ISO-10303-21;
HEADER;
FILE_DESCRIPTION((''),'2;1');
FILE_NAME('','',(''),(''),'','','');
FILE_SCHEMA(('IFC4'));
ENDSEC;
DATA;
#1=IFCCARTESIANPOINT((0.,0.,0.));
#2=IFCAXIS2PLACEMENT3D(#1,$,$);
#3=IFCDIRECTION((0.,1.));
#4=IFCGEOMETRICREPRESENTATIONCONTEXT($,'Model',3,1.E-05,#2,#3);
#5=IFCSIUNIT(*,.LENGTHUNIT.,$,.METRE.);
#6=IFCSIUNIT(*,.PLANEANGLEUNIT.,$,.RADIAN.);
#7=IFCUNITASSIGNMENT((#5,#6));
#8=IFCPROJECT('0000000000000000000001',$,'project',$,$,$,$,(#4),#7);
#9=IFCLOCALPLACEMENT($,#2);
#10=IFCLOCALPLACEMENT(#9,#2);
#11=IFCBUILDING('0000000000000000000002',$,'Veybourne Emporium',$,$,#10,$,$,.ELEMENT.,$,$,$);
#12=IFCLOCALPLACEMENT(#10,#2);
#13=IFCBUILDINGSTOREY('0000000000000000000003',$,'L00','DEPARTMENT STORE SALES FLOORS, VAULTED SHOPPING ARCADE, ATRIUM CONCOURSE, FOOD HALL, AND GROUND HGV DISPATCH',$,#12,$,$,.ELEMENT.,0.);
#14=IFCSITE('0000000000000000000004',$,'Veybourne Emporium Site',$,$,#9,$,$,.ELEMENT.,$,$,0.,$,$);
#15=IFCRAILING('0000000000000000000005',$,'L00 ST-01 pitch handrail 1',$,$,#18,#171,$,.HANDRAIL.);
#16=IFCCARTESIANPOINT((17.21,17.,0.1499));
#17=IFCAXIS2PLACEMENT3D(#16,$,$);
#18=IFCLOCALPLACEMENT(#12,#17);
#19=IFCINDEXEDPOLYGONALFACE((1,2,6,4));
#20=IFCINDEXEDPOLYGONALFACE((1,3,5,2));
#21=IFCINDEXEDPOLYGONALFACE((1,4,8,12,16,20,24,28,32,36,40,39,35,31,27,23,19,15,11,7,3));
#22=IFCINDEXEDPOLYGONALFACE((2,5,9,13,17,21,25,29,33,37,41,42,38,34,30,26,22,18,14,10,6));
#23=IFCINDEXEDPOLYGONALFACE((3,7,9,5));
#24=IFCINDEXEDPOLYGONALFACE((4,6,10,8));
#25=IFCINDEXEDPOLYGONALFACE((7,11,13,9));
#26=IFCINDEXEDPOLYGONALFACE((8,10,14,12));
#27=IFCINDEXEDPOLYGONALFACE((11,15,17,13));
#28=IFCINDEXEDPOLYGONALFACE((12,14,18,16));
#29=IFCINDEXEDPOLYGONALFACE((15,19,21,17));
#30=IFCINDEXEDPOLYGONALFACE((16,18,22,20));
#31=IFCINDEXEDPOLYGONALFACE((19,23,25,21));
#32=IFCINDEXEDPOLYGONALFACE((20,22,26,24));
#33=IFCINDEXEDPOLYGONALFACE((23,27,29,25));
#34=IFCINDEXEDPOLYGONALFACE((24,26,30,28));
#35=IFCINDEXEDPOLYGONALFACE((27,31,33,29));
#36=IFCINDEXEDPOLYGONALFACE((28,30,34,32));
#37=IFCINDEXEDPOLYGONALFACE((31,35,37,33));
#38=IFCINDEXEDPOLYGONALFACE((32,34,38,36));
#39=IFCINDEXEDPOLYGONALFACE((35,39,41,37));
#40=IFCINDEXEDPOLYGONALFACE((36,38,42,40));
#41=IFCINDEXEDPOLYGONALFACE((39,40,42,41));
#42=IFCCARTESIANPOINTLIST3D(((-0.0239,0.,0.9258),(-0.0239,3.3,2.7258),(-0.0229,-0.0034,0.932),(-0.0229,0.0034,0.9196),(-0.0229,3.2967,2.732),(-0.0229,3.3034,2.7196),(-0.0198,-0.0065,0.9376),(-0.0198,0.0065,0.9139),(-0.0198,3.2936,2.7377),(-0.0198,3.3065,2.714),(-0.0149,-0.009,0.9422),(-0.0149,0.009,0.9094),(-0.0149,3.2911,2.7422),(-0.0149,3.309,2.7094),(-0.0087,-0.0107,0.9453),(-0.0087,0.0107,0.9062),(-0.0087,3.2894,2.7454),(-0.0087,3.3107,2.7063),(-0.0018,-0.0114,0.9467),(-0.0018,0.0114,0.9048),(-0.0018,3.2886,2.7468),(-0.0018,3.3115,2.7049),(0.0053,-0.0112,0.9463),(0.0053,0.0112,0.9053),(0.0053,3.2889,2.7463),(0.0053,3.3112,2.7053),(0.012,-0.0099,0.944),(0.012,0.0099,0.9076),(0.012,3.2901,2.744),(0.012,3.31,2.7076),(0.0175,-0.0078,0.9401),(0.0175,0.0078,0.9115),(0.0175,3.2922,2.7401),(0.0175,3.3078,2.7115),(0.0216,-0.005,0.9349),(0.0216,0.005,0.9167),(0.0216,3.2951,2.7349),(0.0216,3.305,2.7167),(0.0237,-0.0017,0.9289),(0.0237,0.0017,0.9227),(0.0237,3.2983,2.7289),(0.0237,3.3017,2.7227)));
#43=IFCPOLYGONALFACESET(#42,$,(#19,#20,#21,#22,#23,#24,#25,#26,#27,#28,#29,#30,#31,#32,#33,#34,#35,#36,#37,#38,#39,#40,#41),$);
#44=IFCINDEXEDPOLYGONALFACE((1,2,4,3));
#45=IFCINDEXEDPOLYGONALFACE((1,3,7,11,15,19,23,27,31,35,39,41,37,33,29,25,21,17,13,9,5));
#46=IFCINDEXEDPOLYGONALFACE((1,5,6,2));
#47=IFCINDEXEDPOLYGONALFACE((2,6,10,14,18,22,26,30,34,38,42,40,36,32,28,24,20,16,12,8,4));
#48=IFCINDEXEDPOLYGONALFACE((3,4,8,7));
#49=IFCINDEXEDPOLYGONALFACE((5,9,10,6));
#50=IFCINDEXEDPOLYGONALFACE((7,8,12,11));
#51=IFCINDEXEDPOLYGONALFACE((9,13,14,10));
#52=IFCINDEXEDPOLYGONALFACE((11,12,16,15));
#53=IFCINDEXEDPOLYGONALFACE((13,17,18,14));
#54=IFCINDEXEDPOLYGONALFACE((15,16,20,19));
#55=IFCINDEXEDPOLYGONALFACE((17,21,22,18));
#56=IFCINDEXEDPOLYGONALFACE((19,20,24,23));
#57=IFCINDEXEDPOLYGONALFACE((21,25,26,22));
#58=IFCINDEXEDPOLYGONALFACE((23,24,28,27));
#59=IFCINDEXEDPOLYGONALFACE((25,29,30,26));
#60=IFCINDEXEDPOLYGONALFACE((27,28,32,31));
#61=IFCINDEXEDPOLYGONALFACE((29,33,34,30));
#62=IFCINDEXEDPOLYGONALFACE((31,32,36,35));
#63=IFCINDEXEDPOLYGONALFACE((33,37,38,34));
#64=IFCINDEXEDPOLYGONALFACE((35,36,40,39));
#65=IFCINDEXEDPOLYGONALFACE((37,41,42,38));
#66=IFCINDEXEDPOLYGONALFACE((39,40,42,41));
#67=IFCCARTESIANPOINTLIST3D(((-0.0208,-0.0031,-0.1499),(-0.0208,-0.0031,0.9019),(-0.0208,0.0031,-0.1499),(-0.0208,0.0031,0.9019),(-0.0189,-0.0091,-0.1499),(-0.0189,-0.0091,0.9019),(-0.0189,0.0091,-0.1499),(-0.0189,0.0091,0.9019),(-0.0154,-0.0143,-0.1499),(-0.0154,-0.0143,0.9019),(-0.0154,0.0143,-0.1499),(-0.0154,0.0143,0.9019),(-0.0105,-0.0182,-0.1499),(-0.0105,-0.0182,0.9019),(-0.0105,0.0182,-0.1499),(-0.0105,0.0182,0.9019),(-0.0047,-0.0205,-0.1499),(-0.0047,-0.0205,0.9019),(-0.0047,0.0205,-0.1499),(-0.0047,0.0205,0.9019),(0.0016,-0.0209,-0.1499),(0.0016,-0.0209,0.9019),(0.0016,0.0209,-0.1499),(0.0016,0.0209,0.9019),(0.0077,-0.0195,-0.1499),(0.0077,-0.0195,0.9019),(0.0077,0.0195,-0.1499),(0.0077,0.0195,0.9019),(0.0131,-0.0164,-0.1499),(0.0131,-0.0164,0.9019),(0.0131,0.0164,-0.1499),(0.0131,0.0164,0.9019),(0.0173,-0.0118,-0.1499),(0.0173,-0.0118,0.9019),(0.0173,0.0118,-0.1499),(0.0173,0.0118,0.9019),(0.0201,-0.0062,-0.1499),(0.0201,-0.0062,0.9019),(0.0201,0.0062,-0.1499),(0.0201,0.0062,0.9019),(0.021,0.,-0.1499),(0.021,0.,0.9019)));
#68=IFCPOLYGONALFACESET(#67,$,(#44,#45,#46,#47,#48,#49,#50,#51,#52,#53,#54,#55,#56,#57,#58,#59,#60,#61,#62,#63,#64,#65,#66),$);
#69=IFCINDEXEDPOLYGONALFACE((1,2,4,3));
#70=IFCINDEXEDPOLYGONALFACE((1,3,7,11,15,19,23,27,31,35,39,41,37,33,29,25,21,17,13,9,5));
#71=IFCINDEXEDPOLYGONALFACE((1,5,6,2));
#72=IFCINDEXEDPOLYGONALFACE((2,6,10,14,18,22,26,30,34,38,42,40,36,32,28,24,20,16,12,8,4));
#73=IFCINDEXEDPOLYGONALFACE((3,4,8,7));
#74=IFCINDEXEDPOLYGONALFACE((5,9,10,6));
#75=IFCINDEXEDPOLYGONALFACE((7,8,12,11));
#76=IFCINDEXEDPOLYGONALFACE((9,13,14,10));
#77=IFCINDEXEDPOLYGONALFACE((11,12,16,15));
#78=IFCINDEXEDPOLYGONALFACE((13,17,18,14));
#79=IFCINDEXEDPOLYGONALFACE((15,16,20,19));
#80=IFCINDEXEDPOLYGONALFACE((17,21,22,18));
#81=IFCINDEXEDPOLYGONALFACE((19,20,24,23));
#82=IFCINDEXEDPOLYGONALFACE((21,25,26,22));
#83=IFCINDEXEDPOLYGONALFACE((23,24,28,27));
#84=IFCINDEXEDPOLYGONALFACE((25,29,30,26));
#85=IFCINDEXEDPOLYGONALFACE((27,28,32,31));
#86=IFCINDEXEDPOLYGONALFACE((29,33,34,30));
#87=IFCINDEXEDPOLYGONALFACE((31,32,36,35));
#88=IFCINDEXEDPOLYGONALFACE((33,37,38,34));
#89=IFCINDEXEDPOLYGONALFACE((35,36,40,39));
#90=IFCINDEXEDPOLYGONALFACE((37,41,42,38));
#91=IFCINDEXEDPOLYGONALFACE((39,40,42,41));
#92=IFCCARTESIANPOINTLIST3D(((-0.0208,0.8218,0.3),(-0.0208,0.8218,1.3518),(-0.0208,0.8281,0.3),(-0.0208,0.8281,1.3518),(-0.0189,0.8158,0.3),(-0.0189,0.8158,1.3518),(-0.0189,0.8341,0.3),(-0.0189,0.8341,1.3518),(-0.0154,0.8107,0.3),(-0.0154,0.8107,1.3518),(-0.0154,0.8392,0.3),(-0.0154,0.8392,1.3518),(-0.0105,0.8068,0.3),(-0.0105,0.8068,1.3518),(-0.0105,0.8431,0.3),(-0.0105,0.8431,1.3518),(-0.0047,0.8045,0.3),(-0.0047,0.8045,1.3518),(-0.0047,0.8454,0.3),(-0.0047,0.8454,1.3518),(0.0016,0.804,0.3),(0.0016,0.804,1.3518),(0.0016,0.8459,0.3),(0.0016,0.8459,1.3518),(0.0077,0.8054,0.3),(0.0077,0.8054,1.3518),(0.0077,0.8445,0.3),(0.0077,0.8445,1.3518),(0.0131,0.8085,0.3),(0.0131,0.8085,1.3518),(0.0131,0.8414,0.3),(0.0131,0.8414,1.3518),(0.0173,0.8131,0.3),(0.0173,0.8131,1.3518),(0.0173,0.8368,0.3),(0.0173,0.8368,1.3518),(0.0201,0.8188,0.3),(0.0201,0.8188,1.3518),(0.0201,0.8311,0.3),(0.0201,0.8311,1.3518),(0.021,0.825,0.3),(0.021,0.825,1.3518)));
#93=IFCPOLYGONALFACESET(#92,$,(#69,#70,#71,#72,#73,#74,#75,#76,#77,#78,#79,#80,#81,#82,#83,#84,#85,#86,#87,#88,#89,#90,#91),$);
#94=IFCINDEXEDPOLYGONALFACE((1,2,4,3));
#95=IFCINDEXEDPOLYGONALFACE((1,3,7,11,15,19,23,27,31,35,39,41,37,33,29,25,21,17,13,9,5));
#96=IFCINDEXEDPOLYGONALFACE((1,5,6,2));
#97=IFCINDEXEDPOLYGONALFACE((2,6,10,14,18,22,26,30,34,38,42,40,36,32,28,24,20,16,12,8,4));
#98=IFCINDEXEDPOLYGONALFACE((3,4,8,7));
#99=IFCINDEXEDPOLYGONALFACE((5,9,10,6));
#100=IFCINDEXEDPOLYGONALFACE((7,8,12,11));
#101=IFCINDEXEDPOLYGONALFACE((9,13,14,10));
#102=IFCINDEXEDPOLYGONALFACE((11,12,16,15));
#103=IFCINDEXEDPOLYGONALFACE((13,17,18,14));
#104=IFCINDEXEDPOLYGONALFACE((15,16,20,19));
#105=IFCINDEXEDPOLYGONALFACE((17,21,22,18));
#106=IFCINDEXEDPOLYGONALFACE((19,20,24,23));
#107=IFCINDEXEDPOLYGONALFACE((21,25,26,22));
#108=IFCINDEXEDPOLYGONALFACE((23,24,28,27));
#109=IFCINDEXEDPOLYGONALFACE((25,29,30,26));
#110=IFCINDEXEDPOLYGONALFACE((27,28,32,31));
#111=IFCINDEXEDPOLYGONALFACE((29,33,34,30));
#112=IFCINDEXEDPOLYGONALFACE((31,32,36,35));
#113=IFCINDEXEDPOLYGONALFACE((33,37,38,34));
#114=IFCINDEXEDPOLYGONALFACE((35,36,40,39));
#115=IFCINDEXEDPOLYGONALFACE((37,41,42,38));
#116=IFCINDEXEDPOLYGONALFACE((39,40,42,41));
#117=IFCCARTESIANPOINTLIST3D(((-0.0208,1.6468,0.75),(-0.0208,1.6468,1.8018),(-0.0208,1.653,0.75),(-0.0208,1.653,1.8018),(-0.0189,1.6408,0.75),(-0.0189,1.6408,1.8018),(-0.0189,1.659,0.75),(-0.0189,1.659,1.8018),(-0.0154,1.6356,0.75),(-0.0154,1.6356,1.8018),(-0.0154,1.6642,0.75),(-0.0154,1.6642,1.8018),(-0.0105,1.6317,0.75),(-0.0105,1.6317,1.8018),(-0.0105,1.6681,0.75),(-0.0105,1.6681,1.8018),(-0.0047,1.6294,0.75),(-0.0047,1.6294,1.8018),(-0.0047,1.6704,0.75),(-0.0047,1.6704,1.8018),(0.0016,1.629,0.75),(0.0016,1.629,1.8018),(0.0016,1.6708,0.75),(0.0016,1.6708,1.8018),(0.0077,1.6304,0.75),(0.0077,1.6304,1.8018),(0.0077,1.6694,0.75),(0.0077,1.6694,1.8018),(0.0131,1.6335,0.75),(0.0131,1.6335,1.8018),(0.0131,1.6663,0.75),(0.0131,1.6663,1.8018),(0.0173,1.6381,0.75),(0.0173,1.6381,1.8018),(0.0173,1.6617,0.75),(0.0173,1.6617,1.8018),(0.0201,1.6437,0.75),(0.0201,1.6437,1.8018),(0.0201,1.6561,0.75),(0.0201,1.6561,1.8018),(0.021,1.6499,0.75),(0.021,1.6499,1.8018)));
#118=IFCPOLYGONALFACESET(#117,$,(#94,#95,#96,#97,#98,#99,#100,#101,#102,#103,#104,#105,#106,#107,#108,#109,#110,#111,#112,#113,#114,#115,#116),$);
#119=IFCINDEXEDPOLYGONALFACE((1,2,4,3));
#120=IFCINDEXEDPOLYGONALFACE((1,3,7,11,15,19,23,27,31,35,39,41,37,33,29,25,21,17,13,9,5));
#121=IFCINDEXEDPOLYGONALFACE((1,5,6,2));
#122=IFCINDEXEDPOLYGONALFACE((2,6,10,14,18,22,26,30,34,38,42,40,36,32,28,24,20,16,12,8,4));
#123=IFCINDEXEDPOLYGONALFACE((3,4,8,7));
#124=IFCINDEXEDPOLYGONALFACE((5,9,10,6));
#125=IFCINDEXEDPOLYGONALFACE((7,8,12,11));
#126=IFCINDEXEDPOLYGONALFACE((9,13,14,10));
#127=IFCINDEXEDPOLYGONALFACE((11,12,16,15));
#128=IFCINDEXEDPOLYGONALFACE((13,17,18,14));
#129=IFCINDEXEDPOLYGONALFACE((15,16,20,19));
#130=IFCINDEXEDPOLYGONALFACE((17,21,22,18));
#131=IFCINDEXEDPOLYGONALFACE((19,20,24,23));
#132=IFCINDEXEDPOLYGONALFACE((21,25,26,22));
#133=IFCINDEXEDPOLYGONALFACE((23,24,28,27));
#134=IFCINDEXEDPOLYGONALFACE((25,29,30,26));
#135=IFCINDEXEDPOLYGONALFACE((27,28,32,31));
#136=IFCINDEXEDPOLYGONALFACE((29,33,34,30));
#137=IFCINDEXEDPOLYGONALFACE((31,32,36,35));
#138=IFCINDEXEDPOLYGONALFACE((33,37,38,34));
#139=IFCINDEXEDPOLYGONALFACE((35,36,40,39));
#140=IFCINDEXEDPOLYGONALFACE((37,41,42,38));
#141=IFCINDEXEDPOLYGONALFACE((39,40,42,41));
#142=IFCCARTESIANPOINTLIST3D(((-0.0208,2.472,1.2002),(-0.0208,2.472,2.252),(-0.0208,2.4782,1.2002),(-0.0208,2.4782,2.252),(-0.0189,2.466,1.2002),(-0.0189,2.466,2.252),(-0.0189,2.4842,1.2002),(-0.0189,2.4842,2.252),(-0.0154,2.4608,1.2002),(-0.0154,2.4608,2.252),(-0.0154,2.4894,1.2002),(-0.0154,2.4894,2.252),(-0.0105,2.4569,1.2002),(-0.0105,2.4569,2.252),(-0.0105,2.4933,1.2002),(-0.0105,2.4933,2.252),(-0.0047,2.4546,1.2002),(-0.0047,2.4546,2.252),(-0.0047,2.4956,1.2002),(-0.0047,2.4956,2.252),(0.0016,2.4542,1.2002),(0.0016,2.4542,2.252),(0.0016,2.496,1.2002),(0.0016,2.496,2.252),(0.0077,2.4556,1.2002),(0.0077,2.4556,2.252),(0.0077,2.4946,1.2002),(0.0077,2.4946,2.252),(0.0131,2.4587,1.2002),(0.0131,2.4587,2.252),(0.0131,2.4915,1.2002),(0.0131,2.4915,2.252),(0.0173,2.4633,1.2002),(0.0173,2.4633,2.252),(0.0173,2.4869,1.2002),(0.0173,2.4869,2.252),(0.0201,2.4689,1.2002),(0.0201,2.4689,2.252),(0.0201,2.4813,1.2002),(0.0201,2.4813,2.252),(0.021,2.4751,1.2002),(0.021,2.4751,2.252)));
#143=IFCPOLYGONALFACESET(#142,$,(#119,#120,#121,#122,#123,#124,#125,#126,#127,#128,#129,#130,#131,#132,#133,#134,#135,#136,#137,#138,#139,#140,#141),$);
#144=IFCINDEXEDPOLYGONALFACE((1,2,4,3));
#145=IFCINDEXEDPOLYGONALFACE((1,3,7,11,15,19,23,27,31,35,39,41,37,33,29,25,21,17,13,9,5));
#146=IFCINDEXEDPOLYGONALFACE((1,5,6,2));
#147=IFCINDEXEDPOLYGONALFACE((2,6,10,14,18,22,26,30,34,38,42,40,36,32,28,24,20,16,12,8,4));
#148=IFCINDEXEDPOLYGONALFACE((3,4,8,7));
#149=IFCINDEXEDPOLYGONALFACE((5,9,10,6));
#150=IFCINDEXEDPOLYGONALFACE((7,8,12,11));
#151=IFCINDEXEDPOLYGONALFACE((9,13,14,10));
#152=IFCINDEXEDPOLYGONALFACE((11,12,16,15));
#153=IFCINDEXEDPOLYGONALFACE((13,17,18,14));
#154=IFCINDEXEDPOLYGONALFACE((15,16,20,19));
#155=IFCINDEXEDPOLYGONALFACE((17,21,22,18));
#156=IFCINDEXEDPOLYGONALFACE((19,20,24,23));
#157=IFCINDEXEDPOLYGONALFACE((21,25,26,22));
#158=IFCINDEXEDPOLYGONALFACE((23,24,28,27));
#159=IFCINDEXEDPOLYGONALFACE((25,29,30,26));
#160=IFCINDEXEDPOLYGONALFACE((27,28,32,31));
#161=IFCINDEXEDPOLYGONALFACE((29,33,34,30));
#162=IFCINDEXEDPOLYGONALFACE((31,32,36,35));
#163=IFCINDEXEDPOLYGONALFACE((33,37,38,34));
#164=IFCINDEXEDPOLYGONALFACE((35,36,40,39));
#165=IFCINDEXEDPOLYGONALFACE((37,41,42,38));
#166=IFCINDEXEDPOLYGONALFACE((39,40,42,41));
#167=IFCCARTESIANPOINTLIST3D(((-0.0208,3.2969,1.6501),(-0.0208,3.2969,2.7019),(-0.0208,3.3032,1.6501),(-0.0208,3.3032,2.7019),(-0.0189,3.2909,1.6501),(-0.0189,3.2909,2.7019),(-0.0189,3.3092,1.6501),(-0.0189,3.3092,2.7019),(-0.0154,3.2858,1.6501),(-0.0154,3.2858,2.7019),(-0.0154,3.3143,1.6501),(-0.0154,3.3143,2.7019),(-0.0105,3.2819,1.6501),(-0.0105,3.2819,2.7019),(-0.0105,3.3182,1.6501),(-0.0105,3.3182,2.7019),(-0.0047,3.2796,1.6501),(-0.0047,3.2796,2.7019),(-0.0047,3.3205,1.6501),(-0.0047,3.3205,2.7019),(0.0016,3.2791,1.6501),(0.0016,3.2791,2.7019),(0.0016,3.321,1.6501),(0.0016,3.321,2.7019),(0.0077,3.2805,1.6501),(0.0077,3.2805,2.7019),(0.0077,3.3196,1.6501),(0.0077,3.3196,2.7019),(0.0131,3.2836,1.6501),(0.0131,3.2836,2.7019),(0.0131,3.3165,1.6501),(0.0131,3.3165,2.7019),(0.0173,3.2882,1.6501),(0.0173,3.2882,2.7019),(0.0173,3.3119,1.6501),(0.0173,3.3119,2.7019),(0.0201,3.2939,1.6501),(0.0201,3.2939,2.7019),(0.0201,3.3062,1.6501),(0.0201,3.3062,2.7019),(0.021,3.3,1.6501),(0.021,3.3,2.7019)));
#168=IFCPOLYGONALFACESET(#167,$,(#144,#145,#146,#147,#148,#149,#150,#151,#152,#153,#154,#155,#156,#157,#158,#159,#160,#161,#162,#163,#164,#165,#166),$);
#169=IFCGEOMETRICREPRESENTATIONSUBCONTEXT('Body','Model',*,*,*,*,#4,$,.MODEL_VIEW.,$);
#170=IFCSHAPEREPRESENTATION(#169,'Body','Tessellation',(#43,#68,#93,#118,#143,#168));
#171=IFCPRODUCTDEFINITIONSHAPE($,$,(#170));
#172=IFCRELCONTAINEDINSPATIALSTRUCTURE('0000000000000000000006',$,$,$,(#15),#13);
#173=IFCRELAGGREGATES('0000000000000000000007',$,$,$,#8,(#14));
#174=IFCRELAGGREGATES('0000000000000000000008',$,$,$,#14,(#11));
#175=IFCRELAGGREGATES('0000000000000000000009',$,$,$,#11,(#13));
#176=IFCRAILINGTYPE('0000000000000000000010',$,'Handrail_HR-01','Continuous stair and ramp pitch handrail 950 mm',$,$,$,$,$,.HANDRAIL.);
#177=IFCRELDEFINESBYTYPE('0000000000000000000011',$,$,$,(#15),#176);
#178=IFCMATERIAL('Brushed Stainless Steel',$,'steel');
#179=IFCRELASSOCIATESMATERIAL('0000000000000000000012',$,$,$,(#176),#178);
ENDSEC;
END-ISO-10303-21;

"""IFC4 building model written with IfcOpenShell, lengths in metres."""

from ifc_helpers import new_model, si_unit, direction, frame, origin, origin_2d, place, context, subcontext, project, spatial, circle, extrude, material, type_object, element, save


model = new_model("IFC4")

# Units and contexts
model_context = context("Model", 3, precision=1e-05, world=origin(), true_north=direction((0.0, 1.0)))
body_context = subcontext(model_context, "Body", "Model", "MODEL_VIEW")
ifc_project = project(units=[si_unit("LENGTHUNIT", "METRE"), si_unit("PLANEANGLEUNIT", "RADIAN")], contexts=[model_context])

# Site, building, storey
site_placement = place(None, origin())
site = spatial("IfcSite", under=ifc_project, at=site_placement, Name="Veybourne Emporium Site", CompositionType="ELEMENT", RefElevation=0.0)
building_placement = place(site_placement, origin())
building = spatial("IfcBuilding", under=site, at=building_placement, Name="Veybourne Emporium", CompositionType="ELEMENT")
storey_placement = place(building_placement, origin())
storey = spatial("IfcBuildingStorey", under=building, at=storey_placement, Name="L00", Description="DEPARTMENT STORE SALES FLOORS, VAULTED SHOPPING ARCADE, ATRIUM CONCOURSE, FOOD HALL, AND GROUND HGV DISPATCH", CompositionType="ELEMENT", Elevation=0.0)

# Railing
ifc_material_1 = material(Name="Brushed Stainless Steel", Category="steel")
railing_type_1 = type_object("IfcRailingType", Name="Handrail_HR-01", Description="Continuous stair and ramp pitch handrail 950 mm", PredefinedType="HANDRAIL", material=ifc_material_1)
railing_1_placement = place(storey_placement, frame((17.21, 17.0, 0.1499)))
element("IfcRailing", 1, at=railing_1_placement, inside=storey, type_object=railing_type_1, Name="L00 ST-01 pitch handrail 1", PredefinedType="HANDRAIL", context=body_context, shape_type="SweptSolid", body=[
    extrude(circle(Radius=0.0239, at=origin_2d()), frame((0.0, 0.0, 0.9258), z_axis=(0.0, 0.877893, 0.478857), x_axis=(-1.0, 0.0, 0.0)), (0.0, 0.0, 1.0), 3.759),
    extrude(circle(Radius=0.021, at=origin_2d()), frame((0.0, 0.0, -0.1499)), (0.0, 0.0, 1.0), 1.0518),
    extrude(circle(Radius=0.021, at=origin_2d()), frame((0.0, 0.825, 0.3)), (0.0, 0.0, 1.0), 1.0518),
    extrude(circle(Radius=0.021, at=origin_2d()), frame((0.0, 1.6499, 0.75)), (0.0, 0.0, 1.0), 1.0518),
    extrude(circle(Radius=0.021, at=origin_2d()), frame((0.0, 2.4751, 1.2002)), (0.0, 0.0, 1.0), 1.0518),
    extrude(circle(Radius=0.021, at=origin_2d()), frame((0.0, 3.3, 1.6501)), (0.0, 0.0, 1.0), 1.0518),
])

save(model, "model.ifc")
